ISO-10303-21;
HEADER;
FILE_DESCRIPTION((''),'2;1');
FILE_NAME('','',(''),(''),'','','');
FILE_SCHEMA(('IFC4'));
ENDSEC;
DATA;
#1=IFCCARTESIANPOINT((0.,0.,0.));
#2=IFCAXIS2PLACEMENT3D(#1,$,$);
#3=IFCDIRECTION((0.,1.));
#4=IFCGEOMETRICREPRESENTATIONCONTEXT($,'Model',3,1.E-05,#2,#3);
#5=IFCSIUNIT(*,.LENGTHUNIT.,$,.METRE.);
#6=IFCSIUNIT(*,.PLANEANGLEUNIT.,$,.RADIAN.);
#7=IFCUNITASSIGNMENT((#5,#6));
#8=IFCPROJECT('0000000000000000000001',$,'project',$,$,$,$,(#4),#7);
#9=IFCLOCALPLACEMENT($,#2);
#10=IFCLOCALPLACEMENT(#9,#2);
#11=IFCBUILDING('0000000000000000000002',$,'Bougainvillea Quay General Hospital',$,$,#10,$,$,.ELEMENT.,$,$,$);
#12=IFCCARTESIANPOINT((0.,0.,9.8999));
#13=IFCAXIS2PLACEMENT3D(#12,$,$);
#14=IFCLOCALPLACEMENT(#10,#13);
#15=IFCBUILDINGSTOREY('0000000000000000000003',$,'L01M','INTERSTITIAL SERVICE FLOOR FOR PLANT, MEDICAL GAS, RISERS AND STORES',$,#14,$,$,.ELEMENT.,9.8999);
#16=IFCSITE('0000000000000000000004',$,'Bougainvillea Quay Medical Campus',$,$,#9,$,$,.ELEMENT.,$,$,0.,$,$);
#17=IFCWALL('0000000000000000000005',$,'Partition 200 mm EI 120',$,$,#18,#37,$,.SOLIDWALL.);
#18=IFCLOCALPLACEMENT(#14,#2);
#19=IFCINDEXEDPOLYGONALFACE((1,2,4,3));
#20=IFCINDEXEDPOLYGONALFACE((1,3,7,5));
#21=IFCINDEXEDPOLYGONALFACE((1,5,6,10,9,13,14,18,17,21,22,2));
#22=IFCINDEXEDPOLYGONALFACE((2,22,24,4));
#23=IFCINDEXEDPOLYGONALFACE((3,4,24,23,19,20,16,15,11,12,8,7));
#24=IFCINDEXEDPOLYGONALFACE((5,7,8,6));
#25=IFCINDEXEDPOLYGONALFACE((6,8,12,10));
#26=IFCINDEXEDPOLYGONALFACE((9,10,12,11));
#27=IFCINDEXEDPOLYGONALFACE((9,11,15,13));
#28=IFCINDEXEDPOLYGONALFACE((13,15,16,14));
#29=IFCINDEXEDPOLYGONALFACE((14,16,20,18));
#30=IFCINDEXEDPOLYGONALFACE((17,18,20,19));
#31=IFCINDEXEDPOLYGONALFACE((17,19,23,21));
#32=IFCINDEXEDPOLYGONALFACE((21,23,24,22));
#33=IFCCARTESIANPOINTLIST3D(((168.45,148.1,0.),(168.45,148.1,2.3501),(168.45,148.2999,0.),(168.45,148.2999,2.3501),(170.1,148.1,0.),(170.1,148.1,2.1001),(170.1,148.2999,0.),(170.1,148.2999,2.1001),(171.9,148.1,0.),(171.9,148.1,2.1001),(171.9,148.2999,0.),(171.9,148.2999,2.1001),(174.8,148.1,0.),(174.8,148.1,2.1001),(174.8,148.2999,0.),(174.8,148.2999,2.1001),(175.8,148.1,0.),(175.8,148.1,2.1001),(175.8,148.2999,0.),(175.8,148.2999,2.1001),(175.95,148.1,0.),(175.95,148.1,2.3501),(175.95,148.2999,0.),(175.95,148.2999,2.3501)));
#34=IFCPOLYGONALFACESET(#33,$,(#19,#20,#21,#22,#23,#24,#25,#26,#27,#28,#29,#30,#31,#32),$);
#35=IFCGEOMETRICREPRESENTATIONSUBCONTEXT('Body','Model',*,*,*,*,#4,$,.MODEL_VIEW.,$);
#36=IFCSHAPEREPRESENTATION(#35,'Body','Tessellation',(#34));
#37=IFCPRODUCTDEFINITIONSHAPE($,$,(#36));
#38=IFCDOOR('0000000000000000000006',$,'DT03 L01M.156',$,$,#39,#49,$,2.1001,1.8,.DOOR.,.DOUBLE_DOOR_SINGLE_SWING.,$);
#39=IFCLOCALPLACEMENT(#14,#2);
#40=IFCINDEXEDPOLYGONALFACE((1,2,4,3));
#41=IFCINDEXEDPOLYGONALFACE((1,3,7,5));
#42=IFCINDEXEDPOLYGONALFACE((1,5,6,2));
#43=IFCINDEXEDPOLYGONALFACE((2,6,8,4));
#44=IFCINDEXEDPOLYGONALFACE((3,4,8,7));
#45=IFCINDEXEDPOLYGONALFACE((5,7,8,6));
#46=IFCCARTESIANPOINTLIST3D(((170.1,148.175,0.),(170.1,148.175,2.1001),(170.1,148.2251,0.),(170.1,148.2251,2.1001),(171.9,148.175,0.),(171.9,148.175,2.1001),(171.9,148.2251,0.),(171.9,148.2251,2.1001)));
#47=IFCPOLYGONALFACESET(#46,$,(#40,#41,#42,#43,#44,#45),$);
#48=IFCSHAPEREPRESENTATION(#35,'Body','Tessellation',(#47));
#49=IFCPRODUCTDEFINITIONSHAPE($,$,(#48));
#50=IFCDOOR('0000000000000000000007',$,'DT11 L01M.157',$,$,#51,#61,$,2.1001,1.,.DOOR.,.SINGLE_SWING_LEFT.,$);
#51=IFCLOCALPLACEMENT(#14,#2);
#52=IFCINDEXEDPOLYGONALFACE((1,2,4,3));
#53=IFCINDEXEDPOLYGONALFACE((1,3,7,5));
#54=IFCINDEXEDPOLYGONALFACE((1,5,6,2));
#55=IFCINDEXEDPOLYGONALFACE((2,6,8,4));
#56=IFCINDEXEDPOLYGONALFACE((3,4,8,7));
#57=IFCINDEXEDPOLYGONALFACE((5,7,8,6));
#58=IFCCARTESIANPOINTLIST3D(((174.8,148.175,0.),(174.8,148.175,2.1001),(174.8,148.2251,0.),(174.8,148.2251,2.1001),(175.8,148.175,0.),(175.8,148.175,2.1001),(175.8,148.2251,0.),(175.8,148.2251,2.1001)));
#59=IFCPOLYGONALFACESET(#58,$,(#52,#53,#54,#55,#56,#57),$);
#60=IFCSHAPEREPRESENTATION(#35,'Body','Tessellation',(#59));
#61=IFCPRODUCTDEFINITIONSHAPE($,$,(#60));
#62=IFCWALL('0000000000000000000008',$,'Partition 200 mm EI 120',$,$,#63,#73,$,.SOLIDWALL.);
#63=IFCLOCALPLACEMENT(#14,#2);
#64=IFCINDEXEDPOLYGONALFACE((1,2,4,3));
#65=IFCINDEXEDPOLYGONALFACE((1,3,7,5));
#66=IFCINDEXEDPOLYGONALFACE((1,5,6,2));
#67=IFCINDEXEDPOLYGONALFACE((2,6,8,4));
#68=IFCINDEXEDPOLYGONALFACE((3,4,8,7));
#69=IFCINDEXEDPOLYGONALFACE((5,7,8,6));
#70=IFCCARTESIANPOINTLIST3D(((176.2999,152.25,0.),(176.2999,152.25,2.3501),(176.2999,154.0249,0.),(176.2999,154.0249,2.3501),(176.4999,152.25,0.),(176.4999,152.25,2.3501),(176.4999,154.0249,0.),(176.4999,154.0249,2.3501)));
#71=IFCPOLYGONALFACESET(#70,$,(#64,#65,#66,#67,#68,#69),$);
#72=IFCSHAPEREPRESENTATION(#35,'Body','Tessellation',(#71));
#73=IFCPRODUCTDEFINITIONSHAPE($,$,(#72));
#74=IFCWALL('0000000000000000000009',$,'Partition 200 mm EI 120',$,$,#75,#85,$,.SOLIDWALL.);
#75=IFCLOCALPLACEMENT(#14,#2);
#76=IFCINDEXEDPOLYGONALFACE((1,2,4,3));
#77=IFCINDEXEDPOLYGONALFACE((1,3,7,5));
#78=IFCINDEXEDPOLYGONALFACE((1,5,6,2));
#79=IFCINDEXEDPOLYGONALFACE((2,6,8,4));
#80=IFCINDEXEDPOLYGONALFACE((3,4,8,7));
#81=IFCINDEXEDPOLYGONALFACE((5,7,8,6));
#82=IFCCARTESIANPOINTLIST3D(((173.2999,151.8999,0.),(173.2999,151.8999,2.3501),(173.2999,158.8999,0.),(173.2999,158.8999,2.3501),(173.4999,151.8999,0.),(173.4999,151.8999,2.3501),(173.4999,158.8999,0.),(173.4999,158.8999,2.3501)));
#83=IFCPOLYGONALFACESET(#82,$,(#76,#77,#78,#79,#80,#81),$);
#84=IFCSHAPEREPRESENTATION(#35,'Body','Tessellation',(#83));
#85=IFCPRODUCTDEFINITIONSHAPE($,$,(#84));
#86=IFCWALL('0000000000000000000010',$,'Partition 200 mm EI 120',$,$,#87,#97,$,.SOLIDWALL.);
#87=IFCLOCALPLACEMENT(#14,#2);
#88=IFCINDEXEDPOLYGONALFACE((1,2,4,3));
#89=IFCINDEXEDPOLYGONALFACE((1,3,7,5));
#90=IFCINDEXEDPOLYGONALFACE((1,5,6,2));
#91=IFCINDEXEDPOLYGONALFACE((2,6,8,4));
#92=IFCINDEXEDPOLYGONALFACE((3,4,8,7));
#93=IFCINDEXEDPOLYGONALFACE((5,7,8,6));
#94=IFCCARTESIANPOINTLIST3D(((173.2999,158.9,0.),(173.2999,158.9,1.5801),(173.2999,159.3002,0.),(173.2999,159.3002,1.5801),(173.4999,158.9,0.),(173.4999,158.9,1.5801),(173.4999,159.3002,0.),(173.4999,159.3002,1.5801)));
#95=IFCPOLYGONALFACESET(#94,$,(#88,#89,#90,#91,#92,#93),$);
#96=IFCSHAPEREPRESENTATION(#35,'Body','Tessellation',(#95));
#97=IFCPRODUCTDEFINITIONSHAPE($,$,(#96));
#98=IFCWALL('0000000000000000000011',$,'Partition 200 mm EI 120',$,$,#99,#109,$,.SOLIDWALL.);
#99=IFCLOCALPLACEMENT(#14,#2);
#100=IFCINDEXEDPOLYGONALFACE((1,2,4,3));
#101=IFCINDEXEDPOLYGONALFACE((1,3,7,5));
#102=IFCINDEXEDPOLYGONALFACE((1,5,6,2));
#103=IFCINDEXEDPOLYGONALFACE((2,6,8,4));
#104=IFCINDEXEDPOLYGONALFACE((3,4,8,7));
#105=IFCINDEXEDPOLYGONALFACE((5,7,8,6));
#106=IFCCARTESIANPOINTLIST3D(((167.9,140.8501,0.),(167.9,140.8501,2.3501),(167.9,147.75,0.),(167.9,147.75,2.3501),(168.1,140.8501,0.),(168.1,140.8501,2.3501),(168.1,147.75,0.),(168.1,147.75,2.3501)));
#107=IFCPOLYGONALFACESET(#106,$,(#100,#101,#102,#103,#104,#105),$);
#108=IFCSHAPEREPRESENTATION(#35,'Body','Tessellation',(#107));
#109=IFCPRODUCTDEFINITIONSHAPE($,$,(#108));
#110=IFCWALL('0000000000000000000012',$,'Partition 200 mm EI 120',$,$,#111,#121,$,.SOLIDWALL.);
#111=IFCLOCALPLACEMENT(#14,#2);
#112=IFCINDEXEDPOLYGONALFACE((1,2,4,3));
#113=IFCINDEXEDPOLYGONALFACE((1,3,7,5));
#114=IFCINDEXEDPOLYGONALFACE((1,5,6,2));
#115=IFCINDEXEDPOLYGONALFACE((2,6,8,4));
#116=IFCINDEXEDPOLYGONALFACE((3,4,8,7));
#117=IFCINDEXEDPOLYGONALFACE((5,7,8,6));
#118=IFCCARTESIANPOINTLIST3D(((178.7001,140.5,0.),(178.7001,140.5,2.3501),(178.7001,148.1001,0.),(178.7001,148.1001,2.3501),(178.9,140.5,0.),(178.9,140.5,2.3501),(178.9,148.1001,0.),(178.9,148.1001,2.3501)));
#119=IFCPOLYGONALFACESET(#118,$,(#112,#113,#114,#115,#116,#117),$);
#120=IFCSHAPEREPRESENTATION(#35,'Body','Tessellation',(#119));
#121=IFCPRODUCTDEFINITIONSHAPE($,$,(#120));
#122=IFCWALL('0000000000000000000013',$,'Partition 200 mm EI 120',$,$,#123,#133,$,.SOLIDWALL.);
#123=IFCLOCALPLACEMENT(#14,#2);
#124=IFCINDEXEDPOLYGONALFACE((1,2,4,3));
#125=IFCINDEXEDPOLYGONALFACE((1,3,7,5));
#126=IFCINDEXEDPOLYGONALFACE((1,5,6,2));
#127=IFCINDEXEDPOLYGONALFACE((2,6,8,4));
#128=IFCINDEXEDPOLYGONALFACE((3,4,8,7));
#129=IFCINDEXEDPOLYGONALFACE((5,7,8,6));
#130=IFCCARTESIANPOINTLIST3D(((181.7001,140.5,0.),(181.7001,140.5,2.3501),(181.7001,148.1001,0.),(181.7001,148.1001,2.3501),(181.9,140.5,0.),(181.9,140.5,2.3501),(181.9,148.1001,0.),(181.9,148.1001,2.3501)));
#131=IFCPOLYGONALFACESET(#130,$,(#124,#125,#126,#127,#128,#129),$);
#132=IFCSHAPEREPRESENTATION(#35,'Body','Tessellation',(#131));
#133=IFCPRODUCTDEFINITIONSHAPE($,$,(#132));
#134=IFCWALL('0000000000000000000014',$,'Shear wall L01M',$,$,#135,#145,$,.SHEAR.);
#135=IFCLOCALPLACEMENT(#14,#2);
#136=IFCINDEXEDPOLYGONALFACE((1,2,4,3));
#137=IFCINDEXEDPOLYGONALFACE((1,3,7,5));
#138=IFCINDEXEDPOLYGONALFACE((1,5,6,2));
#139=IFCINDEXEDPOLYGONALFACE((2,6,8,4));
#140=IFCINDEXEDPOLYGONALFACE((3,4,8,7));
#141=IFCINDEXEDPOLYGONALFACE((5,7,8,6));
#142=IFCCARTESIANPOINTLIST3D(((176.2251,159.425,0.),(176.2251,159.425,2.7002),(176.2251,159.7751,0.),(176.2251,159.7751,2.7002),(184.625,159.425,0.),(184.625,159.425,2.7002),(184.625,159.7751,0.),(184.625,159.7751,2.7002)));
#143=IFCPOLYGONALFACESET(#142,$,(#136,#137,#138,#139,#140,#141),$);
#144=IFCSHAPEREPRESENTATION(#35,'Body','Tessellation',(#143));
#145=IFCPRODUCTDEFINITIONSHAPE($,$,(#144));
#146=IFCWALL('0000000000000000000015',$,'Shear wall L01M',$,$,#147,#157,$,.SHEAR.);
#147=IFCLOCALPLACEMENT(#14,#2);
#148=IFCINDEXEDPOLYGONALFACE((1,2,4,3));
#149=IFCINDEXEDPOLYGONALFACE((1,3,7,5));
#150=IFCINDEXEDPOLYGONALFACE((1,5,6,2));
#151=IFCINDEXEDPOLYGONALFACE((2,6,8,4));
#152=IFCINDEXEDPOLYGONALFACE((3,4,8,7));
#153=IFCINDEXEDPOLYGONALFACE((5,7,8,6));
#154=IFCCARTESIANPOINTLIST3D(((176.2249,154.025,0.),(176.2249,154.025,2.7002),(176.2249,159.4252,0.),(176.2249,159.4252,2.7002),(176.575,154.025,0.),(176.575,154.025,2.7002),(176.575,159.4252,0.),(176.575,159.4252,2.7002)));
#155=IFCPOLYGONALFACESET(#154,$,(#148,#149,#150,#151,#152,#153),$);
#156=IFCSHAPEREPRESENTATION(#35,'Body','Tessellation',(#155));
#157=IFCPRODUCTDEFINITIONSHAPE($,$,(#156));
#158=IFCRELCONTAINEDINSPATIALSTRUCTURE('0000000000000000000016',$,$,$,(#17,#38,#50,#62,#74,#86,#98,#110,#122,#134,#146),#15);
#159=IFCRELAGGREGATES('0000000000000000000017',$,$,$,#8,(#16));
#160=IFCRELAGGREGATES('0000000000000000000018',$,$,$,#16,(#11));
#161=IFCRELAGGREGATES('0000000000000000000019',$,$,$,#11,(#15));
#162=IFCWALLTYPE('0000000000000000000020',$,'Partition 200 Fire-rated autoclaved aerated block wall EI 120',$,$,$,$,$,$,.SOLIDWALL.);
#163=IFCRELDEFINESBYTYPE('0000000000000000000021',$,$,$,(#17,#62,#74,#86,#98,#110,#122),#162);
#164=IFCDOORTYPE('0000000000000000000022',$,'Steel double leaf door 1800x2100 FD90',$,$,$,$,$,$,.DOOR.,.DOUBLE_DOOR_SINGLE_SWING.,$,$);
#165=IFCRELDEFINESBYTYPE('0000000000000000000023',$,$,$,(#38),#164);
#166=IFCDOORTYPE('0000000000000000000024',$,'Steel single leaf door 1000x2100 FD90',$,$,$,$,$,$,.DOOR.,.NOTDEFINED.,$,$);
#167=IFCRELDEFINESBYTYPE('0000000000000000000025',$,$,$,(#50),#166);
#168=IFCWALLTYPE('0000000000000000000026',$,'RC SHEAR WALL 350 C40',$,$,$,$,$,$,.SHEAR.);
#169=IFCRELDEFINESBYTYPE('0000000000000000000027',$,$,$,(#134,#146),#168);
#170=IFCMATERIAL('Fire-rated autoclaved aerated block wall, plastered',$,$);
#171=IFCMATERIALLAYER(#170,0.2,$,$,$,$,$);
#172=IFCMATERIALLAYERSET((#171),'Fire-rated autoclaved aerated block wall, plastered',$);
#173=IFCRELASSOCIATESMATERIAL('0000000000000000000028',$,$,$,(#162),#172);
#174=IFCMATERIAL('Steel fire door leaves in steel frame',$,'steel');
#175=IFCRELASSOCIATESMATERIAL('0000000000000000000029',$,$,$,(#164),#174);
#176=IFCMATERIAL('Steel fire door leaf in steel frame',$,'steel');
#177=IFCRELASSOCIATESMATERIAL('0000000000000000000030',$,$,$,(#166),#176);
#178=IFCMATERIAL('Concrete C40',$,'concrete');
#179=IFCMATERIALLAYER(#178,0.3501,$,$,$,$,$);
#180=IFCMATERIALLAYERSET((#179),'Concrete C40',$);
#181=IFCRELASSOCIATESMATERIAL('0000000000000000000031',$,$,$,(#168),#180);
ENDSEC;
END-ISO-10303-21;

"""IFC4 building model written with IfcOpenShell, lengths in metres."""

from ifc_helpers import new_model, si_unit, direction, frame, frame_2d, origin, place, context, subcontext, project, spatial, rectangle, extrude, material, layer, layer_set, type_object, element, fill, save


model = new_model("IFC4")

# Units and contexts
model_context = context("Model", 3, precision=1e-05, world=origin(), true_north=direction((0.0, 1.0)))
body_context = subcontext(model_context, "Body", "Model", "MODEL_VIEW")
ifc_project = project(units=[si_unit("LENGTHUNIT", "METRE"), si_unit("PLANEANGLEUNIT", "RADIAN")], contexts=[model_context])

# Site, building, storey
site_placement = place(None, origin())
site = spatial("IfcSite", under=ifc_project, at=site_placement, Name="Bougainvillea Quay Medical Campus", CompositionType="ELEMENT", RefElevation=0.0)
building_placement = place(site_placement, origin())
building = spatial("IfcBuilding", under=site, at=building_placement, Name="Bougainvillea Quay General Hospital", CompositionType="ELEMENT")
storey_placement = place(building_placement, frame((0.0, 0.0, 9.8999)))
storey = spatial("IfcBuildingStorey", under=building, at=storey_placement, Name="L01M", Description="INTERSTITIAL SERVICE FLOOR FOR PLANT, MEDICAL GAS, RISERS AND STORES", CompositionType="ELEMENT", Elevation=9.8999)

# Shared definitions
ifc_material_1 = material(Name="Concrete C40", Category="concrete")

# Wall, openings, doors
ifc_material_2 = material(Name="Fire-rated autoclaved aerated block wall, plastered")
ifc_layer_1 = layer(ifc_material_2, 0.2)
ifc_layer_set_1 = layer_set([ifc_layer_1], Name="Fire-rated autoclaved aerated block wall, plastered")
wall_type_1 = type_object("IfcWallType", Name="Partition 200 Fire-rated autoclaved aerated block wall EI 120", PredefinedType="SOLIDWALL", material=ifc_layer_set_1)
ifc_material_3 = material(Name="Steel fire door leaves in steel frame", Category="steel")
door_type_1 = type_object("IfcDoorType", Name="Steel double leaf door 1800x2100 FD90", OperationType="DOUBLE_DOOR_SINGLE_SWING", PredefinedType="DOOR", material=ifc_material_3)
wall_1_placement = place(storey_placement, frame((175.95, 148.2, 0.0), z_axis=(0.0, 0.0, 1.0), x_axis=(-1.0, 0.0, 0.0)))
wall_1 = element("IfcWall", 1, at=wall_1_placement, inside=storey, type_object=wall_type_1, Name="Partition 200 mm EI 120", PredefinedType="SOLIDWALL", context=body_context, shape_type="SweptSolid", body=[
    extrude(rectangle(XDim=7.5, YDim=0.2, at=frame_2d((3.75, 0.0))), origin(), (0.0, 0.0, 1.0), 2.3501),
])
opening_1_placement = place(wall_1_placement, frame((4.05, 0.0, 0.0)))
opening_1 = element("IfcOpeningElement", 2, at=opening_1_placement, cuts=wall_1, PredefinedType="OPENING", context=body_context, shape_type="SweptSolid", body=[
    extrude(rectangle(XDim=1.8, YDim=2.1001, at=frame_2d((0.8999, 1.05))), frame((0.0, 0.1099, 0.0), z_axis=(0.0, -1.0, 0.0), x_axis=(1.0, 0.0, 0.0)), (0.0, 0.0, 1.0), 0.22),
])
opening_2_placement = place(wall_1_placement, frame((0.1499, 0.0, 0.0)))
opening_2 = element("IfcOpeningElement", 3, at=opening_2_placement, cuts=wall_1, PredefinedType="OPENING", context=body_context, shape_type="SweptSolid", body=[
    extrude(rectangle(XDim=1.0, YDim=2.1001, at=frame_2d((0.5, 1.05))), frame((0.0, 0.1099, 0.0), z_axis=(0.0, -1.0, 0.0), x_axis=(1.0, 0.0, 0.0)), (0.0, 0.0, 1.0), 0.22),
])
door_1_placement = place(opening_1_placement, origin())
door_1 = element("IfcDoor", 4, at=door_1_placement, inside=storey, type_object=door_type_1, Name="DT03 L01M.156", OperationType="DOUBLE_DOOR_SINGLE_SWING", OverallHeight=2.1001, OverallWidth=1.8, PredefinedType="DOOR", context=body_context, shape_type="SweptSolid", body=[
    extrude(rectangle(XDim=1.8, YDim=2.1001, at=frame_2d((0.8999, 1.05))), frame((0.0, 0.0249, 0.0), z_axis=(0.0, -1.0, 0.0), x_axis=(1.0, 0.0, 0.0)), (0.0, 0.0, 1.0), 0.05),
])
fill(opening_1, door_1)
ifc_material_4 = material(Name="Steel fire door leaf in steel frame", Category="steel")
door_type_2 = type_object("IfcDoorType", Name="Steel single leaf door 1000x2100 FD90", OperationType="NOTDEFINED", PredefinedType="DOOR", material=ifc_material_4)
door_2_placement = place(opening_2_placement, origin())
door_2 = element("IfcDoor", 5, at=door_2_placement, inside=storey, type_object=door_type_2, Name="DT11 L01M.157", OperationType="SINGLE_SWING_LEFT", OverallHeight=2.1001, OverallWidth=1.0, PredefinedType="DOOR", context=body_context, shape_type="SweptSolid", body=[
    extrude(rectangle(XDim=1.0, YDim=2.1001, at=frame_2d((0.5, 1.05))), frame((0.0, 0.0249, 0.0), z_axis=(0.0, -1.0, 0.0), x_axis=(1.0, 0.0, 0.0)), (0.0, 0.0, 1.0), 0.05),
])
fill(opening_2, door_2)

# Walls
wall_2_placement = place(storey_placement, frame((176.3999, 152.25, 0.0), z_axis=(0.0, 0.0, 1.0), x_axis=(0.0, 1.0, 0.0)))
element("IfcWall", 6, at=wall_2_placement, inside=storey, type_object=wall_type_1, Name="Partition 200 mm EI 120", PredefinedType="SOLIDWALL", context=body_context, shape_type="SweptSolid", body=[
    extrude(rectangle(XDim=1.7749, YDim=0.2, at=frame_2d((0.8875, 0.0))), origin(), (0.0, 0.0, 1.0), 2.3501),
])
wall_3_placement = place(storey_placement, frame((173.3999, 151.8999, 0.0), z_axis=(0.0, 0.0, 1.0), x_axis=(0.0, 1.0, 0.0)))
element("IfcWall", 7, at=wall_3_placement, inside=storey, type_object=wall_type_1, Name="Partition 200 mm EI 120", PredefinedType="SOLIDWALL", context=body_context, shape_type="SweptSolid", body=[
    extrude(rectangle(XDim=7.0, YDim=0.2, at=frame_2d((3.5, 0.0))), origin(), (0.0, 0.0, 1.0), 2.3501),
])
wall_4_placement = place(storey_placement, frame((173.3999, 158.8999, 0.0), z_axis=(0.0, 0.0, 1.0), x_axis=(0.0, 1.0, 0.0)))
element("IfcWall", 8, at=wall_4_placement, inside=storey, type_object=wall_type_1, Name="Partition 200 mm EI 120", PredefinedType="SOLIDWALL", context=body_context, shape_type="SweptSolid", body=[
    extrude(rectangle(XDim=0.4001, YDim=0.2, at=frame_2d((0.2002, 0.0))), origin(), (0.0, 0.0, 1.0), 1.5801),
])
wall_5_placement = place(storey_placement, frame((168.0, 140.8501, 0.0), z_axis=(0.0, 0.0, 1.0), x_axis=(0.0, 1.0, 0.0)))
element("IfcWall", 9, at=wall_5_placement, inside=storey, type_object=wall_type_1, Name="Partition 200 mm EI 120", PredefinedType="SOLIDWALL", context=body_context, shape_type="SweptSolid", body=[
    extrude(rectangle(XDim=6.8999, YDim=0.2, at=frame_2d((3.45, 0.0))), origin(), (0.0, 0.0, 1.0), 2.3501),
])
for number, where, z_axis, x_axis, name in (
    (10, (178.8, 140.5, 0.0), (0.0, 0.0, 1.0), (0.0, 1.0, 0.0), "Partition 200 mm EI 120"),
    (11, (181.8, 140.5, 0.0), (0.0, 0.0, 1.0), (0.0, 1.0, 0.0), "Partition 200 mm EI 120"),
):
    element("IfcWall", number, at=place(storey_placement, frame(where, z_axis=z_axis, x_axis=x_axis)), inside=storey, type_object=wall_type_1, Name=name, PredefinedType="SOLIDWALL", context=body_context, shape_type="SweptSolid", body=[
        extrude(rectangle(XDim=7.6001, YDim=0.2, at=frame_2d((3.8, 0.0))), origin(), (0.0, 0.0, 1.0), 2.3501),
    ])
ifc_layer_2 = layer(ifc_material_1, 0.3501)
ifc_layer_set_2 = layer_set([ifc_layer_2], Name="Concrete C40")
wall_type_2 = type_object("IfcWallType", Name="RC SHEAR WALL 350 C40", PredefinedType="SHEAR", material=ifc_layer_set_2)
wall_6_placement = place(storey_placement, frame((176.2251, 159.6001, 0.0), z_axis=(0.0, 0.0, 1.0), x_axis=(1.0, 0.0, 0.0)))
element("IfcWall", 12, at=wall_6_placement, inside=storey, type_object=wall_type_2, Name="Shear wall L01M", PredefinedType="SHEAR", context=body_context, shape_type="SweptSolid", body=[
    extrude(rectangle(XDim=8.3999, YDim=0.3501, at=frame_2d((4.2, 0.0))), origin(), (0.0, 0.0, 1.0), 2.7002),
])
wall_7_placement = place(storey_placement, frame((176.3999, 154.0249, 0.0), z_axis=(0.0, 0.0, 1.0), x_axis=(0.0, 1.0, 0.0)))
element("IfcWall", 13, at=wall_7_placement, inside=storey, type_object=wall_type_2, Name="Shear wall L01M", PredefinedType="SHEAR", context=body_context, shape_type="SweptSolid", body=[
    extrude(rectangle(XDim=5.4001, YDim=0.3501, at=frame_2d((2.7002, 0.0))), origin(), (0.0, 0.0, 1.0), 2.7002),
])

save(model, "model.ifc")
